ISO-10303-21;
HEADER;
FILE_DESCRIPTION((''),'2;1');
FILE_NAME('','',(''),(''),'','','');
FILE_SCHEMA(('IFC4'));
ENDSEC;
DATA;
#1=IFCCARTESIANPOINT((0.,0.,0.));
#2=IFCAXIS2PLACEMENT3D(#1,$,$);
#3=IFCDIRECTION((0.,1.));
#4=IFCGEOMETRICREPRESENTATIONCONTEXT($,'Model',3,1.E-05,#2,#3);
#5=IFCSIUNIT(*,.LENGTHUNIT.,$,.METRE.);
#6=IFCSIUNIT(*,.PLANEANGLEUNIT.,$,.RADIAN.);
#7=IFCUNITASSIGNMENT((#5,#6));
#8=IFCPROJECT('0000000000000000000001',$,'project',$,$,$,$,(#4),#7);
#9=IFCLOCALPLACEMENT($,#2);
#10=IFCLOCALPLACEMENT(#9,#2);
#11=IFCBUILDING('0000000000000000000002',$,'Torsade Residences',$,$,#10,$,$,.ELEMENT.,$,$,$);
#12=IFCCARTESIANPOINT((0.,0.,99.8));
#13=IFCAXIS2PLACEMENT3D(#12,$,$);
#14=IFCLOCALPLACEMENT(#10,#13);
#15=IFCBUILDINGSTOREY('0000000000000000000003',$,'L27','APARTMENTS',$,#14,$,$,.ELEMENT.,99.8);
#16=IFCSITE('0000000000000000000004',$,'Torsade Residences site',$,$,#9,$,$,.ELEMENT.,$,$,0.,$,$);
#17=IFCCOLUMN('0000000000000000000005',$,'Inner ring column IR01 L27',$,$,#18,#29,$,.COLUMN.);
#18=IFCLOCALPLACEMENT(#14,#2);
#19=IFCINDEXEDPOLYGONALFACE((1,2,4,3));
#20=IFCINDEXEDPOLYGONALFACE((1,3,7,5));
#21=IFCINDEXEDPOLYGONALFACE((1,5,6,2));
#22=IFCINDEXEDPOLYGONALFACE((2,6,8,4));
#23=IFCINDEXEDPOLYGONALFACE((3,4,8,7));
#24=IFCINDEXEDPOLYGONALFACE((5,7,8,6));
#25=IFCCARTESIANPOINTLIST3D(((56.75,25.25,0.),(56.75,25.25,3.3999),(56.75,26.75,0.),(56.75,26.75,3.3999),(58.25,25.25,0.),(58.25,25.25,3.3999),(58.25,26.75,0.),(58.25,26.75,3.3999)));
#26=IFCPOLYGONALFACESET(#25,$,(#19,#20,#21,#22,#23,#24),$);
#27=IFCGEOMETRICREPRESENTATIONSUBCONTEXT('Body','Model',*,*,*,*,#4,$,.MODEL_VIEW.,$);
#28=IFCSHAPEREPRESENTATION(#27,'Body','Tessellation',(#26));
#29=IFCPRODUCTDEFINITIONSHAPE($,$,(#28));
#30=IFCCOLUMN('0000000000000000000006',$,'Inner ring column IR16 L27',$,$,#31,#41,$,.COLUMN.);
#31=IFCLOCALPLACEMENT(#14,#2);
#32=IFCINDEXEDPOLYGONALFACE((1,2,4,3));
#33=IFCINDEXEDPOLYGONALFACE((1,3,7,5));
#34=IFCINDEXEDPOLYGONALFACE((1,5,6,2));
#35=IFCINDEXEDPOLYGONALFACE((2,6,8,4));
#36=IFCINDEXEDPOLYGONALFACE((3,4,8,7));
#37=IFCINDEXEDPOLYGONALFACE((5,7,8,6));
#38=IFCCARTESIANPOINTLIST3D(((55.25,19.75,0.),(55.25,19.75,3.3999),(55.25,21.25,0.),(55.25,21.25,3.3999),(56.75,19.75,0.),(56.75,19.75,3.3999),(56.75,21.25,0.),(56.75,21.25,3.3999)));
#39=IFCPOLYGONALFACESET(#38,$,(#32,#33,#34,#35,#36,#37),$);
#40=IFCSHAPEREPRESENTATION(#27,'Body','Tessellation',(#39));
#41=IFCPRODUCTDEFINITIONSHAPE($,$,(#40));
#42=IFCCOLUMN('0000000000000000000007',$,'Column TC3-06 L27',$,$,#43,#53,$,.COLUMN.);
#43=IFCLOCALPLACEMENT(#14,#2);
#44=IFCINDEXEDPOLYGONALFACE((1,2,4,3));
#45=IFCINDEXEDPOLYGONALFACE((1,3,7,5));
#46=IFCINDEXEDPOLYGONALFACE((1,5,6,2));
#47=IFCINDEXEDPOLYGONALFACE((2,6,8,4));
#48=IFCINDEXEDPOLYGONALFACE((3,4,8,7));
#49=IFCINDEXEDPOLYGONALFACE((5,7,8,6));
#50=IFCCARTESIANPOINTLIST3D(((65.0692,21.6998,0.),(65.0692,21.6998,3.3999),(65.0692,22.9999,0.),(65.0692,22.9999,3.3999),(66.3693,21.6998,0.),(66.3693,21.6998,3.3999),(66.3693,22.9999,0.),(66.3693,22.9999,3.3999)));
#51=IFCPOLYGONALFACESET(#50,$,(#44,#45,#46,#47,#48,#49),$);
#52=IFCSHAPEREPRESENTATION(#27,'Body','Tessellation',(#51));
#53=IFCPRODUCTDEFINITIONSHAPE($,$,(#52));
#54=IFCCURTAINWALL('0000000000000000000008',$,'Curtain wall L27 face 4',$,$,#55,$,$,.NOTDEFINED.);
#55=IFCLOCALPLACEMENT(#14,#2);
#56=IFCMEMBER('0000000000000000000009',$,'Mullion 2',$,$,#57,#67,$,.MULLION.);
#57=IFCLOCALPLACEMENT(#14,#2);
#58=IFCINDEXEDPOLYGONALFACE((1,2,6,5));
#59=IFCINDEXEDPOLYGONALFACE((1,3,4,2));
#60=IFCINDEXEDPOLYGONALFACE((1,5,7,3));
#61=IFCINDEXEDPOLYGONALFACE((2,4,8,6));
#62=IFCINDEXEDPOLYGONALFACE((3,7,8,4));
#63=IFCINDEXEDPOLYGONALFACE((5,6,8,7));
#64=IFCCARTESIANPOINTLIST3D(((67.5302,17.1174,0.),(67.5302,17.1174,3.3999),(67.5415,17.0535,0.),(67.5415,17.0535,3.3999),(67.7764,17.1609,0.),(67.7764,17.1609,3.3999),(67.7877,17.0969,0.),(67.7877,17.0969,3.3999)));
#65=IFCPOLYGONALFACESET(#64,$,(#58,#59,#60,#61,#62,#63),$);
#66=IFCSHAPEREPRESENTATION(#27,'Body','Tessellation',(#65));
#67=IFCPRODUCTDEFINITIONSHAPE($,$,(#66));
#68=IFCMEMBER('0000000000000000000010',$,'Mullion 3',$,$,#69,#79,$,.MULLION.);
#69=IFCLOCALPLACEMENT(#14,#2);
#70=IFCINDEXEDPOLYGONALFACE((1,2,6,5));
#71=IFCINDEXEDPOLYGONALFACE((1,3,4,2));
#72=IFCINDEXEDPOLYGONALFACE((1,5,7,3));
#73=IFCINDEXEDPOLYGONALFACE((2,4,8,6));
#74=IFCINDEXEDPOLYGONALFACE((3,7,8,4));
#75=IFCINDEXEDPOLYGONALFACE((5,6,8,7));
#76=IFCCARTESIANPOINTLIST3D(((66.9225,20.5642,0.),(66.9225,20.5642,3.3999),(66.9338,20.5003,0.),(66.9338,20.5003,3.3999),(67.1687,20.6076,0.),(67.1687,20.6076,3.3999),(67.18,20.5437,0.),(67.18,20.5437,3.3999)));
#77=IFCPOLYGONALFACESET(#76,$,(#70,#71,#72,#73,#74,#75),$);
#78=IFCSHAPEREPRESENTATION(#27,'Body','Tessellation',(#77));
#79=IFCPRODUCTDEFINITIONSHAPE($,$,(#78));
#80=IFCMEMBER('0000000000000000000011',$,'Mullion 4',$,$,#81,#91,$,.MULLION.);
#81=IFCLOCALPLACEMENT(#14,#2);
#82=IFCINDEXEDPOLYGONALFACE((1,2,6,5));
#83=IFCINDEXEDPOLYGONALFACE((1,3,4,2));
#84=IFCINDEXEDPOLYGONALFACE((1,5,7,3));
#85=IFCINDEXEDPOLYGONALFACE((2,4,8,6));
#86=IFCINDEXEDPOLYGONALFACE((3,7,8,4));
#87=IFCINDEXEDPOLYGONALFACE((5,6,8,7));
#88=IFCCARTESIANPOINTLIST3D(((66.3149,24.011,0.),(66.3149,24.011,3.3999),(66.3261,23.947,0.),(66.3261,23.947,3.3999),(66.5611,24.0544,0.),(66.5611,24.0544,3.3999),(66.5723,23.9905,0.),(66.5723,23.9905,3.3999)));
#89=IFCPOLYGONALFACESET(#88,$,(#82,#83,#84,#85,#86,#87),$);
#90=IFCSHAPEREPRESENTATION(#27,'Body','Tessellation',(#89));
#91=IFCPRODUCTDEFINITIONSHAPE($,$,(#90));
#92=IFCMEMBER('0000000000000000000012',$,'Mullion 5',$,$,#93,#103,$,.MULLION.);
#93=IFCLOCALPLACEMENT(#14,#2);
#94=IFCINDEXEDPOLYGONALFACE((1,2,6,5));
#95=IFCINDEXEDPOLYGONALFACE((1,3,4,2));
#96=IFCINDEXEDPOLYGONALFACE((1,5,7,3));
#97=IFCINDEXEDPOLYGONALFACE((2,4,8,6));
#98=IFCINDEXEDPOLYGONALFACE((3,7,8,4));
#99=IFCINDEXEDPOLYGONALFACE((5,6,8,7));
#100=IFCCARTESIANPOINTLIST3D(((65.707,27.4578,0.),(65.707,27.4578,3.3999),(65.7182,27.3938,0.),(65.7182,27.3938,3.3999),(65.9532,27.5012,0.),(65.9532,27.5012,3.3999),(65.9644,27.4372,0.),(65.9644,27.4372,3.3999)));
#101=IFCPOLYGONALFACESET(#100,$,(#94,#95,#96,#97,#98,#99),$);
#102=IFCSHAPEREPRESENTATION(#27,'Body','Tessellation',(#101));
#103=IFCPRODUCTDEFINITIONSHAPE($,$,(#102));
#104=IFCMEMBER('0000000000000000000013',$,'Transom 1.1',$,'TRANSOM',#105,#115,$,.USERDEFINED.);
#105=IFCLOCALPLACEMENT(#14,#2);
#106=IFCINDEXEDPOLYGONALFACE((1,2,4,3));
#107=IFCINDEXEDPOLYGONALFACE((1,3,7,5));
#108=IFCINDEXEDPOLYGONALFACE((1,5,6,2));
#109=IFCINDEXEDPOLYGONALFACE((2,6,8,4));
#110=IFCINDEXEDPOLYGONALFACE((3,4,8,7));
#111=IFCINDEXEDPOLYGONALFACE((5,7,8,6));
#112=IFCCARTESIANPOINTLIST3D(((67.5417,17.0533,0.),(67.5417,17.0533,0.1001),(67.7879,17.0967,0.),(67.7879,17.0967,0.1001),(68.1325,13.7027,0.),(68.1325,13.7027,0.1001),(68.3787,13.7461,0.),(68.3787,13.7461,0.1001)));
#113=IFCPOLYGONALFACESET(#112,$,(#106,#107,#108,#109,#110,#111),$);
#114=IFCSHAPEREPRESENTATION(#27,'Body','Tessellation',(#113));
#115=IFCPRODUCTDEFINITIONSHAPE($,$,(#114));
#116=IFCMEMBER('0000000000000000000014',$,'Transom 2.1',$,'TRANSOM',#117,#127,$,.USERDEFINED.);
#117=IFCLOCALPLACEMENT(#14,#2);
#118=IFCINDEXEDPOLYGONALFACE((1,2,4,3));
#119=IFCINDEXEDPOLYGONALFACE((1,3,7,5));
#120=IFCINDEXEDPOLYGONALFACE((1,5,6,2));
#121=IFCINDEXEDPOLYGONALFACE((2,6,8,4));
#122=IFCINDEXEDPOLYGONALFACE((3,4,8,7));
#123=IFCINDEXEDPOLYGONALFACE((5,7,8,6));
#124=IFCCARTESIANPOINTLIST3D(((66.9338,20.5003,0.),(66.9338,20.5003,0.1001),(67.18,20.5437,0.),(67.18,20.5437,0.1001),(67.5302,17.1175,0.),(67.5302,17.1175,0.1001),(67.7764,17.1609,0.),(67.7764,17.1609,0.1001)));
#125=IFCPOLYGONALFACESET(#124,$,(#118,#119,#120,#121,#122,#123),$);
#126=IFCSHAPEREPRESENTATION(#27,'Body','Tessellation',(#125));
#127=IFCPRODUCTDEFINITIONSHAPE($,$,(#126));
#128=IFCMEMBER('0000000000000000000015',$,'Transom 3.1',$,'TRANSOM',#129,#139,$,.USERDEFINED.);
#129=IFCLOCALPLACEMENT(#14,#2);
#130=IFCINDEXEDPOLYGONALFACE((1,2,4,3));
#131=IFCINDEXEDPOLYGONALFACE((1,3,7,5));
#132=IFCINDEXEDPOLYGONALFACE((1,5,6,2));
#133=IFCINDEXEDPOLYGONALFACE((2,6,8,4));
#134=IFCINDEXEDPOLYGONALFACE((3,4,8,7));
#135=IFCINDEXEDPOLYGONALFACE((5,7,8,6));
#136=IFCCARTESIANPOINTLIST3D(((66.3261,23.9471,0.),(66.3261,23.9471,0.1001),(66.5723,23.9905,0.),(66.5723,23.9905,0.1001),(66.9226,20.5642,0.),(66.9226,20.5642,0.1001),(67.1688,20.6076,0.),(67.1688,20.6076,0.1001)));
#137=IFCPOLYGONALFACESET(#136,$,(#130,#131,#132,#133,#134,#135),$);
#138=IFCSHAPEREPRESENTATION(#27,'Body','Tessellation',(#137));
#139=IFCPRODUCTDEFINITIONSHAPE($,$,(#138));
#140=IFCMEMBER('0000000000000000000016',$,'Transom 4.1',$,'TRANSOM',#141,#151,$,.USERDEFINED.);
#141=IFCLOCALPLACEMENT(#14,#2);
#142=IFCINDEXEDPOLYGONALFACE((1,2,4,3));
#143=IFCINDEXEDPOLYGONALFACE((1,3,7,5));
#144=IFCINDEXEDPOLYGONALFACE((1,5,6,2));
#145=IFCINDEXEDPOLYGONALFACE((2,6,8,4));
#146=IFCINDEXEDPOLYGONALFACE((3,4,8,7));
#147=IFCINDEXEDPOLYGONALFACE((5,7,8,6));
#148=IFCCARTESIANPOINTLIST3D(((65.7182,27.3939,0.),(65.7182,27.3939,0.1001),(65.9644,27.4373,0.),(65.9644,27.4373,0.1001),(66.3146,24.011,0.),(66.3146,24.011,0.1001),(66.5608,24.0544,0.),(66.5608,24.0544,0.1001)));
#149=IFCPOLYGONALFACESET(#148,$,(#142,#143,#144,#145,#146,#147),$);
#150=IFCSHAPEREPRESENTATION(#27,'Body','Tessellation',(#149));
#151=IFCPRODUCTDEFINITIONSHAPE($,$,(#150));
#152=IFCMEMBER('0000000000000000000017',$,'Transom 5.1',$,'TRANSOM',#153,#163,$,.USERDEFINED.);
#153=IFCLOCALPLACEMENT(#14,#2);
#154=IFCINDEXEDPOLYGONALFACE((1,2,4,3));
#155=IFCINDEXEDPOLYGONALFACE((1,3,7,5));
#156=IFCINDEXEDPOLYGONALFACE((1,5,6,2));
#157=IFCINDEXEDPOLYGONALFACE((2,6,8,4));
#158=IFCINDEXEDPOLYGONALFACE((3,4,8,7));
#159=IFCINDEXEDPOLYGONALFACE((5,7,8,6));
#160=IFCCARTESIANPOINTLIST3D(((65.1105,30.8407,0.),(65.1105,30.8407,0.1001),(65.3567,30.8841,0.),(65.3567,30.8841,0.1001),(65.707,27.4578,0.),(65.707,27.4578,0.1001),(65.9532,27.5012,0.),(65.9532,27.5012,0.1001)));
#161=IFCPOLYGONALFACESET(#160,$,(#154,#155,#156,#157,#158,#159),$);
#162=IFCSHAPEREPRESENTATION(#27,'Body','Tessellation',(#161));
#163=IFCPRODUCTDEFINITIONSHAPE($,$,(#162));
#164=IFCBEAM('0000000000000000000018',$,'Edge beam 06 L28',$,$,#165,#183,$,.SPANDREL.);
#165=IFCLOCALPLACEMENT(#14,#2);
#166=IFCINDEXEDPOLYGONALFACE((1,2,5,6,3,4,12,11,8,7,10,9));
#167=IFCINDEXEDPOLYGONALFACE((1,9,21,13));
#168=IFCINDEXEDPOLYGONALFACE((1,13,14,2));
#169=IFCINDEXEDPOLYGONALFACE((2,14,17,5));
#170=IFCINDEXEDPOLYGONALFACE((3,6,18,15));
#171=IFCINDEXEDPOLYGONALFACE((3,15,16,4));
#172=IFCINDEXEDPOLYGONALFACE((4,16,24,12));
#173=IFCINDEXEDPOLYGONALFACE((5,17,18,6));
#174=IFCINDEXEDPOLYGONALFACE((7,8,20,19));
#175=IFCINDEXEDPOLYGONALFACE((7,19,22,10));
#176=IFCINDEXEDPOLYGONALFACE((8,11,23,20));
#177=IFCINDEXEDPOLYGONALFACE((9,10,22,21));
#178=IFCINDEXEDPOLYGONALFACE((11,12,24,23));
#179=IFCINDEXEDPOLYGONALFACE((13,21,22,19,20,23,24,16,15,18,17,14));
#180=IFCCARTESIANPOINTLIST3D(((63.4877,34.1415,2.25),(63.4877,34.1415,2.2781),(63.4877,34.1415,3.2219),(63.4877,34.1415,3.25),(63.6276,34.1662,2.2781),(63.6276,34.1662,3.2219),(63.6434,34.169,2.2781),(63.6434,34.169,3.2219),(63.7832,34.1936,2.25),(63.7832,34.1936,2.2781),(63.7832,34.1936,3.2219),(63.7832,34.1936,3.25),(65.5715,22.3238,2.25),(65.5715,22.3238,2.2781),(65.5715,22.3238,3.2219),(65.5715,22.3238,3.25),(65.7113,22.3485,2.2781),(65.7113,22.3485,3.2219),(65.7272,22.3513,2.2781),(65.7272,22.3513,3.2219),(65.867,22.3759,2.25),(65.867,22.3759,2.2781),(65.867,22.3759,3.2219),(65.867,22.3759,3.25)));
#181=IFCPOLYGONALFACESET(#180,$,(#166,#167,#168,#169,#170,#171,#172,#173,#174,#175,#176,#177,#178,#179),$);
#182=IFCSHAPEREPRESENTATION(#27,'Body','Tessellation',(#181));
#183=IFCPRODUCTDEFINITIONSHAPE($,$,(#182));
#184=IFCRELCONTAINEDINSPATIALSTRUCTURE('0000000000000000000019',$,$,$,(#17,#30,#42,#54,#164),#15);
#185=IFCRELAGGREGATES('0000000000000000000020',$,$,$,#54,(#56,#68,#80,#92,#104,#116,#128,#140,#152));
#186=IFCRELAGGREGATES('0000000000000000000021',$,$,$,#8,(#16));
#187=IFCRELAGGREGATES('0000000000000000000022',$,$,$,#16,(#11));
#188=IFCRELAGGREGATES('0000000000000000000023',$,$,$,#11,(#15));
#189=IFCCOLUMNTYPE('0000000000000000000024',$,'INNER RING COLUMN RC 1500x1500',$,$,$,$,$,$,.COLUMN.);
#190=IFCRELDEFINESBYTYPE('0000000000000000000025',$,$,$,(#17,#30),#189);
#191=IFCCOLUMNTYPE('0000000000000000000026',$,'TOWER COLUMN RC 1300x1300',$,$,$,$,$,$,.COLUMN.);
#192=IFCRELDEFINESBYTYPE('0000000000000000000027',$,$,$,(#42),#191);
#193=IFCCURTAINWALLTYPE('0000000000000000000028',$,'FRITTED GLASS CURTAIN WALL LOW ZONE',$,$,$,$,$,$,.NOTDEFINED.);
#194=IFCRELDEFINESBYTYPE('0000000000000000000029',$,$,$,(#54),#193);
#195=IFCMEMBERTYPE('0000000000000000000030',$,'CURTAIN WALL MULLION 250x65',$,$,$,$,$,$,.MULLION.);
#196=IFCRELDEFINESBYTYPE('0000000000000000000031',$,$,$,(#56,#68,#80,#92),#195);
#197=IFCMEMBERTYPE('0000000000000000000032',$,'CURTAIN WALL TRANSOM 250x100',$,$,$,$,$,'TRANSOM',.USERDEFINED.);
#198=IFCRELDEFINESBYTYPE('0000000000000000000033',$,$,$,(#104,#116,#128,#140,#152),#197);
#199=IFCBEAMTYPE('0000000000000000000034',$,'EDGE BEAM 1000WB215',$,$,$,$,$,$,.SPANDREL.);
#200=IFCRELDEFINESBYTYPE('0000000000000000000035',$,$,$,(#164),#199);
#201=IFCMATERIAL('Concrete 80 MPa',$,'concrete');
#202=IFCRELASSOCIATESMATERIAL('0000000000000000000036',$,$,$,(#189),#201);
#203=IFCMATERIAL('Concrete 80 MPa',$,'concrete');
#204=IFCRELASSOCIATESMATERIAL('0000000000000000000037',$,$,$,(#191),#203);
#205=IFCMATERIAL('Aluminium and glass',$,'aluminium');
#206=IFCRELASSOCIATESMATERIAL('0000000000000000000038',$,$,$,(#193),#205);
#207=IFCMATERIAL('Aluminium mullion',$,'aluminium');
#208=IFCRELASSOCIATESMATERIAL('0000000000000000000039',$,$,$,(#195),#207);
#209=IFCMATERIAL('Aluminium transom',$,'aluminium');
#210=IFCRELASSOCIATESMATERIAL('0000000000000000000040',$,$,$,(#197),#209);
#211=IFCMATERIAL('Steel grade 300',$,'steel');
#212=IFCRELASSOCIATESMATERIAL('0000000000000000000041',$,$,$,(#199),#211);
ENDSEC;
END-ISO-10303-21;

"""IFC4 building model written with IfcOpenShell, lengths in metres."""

from ifc_helpers import new_model, si_unit, direction, frame, origin, origin_2d, place, context, subcontext, project, spatial, rectangle, i_section, extrude, material, material_profile, profile_set, type_object, element, aggregate, save


model = new_model("IFC4")

# Units and contexts
model_context = context("Model", 3, precision=1e-05, world=origin(), true_north=direction((0.0, 1.0)))
body_context = subcontext(model_context, "Body", "Model", "MODEL_VIEW")
ifc_project = project(units=[si_unit("LENGTHUNIT", "METRE"), si_unit("PLANEANGLEUNIT", "RADIAN")], contexts=[model_context])

# Site, building, storey
site_placement = place(None, origin())
site = spatial("IfcSite", under=ifc_project, at=site_placement, Name="Torsade Residences site", CompositionType="ELEMENT", RefElevation=0.0)
building_placement = place(site_placement, origin())
building = spatial("IfcBuilding", under=site, at=building_placement, Name="Torsade Residences", CompositionType="ELEMENT")
storey_placement = place(building_placement, frame((0.0, 0.0, 99.8)))
storey = spatial("IfcBuildingStorey", under=building, at=storey_placement, Name="L27", Description="APARTMENTS", CompositionType="ELEMENT", Elevation=99.8)

# Columns
ifc_material_1 = material(Name="Concrete 80 MPa", Category="concrete")
ifc_material_profile_1 = material_profile(ifc_material_1, rectangle(XDim=1.5, YDim=1.5, at=origin_2d()), Name="RC 1500x1500")
ifc_profile_set_1 = profile_set([ifc_material_profile_1], Name="Concrete 80 MPa")
column_type_1 = type_object("IfcColumnType", Name="INNER RING COLUMN RC 1500x1500", PredefinedType="COLUMN", material=ifc_profile_set_1)
for number, where, z_axis, x_axis, name in (
    (1, (57.5, 26.0, 0.0), (0.0, 0.0, 1.0), (1.0, 0.0, 0.0), "Inner ring column IR01 L27"),
    (2, (56.0, 20.5, 0.0), (0.0, 0.0, 1.0), (1.0, 0.0, 0.0), "Inner ring column IR16 L27"),
):
    element("IfcColumn", number, at=place(storey_placement, frame(where, z_axis=z_axis, x_axis=x_axis)), inside=storey, type_object=column_type_1, Name=name, PredefinedType="COLUMN", context=body_context, shape_type="SweptSolid", body=[
        extrude(rectangle(XDim=1.5, YDim=1.5, at=origin_2d()), origin(), (0.0, 0.0, 1.0), 3.3999),
    ])
ifc_material_2 = material(Name="Concrete 80 MPa", Category="concrete")
ifc_material_profile_2 = material_profile(ifc_material_2, rectangle(XDim=1.3, YDim=1.3, at=origin_2d()), Name="RC 1300x1300")
ifc_profile_set_2 = profile_set([ifc_material_profile_2], Name="Concrete 80 MPa")
column_type_2 = type_object("IfcColumnType", Name="TOWER COLUMN RC 1300x1300", PredefinedType="COLUMN", material=ifc_profile_set_2)
column_placement = place(storey_placement, frame((65.7192, 22.3499, 0.0), z_axis=(0.0, 0.0, 1.0), x_axis=(1.0, 0.0, 0.0)))
element("IfcColumn", 3, at=column_placement, inside=storey, type_object=column_type_2, Name="Column TC3-06 L27", PredefinedType="COLUMN", context=body_context, shape_type="SweptSolid", body=[
    extrude(rectangle(XDim=1.3, YDim=1.3, at=origin_2d()), origin(), (0.0, 0.0, 1.0), 3.3999),
])

# Curtain wall, members
ifc_material_3 = material(Name="Aluminium and glass", Category="aluminium")
curtain_wall_type = type_object("IfcCurtainWallType", Name="FRITTED GLASS CURTAIN WALL LOW ZONE", PredefinedType="NOTDEFINED", material=ifc_material_3)
curtain_wall_placement = place(storey_placement, origin())
curtain_wall = element("IfcCurtainWall", 4, at=curtain_wall_placement, inside=storey, type_object=curtain_wall_type, Name="Curtain wall L27 face 4", PredefinedType="NOTDEFINED")
ifc_material_4 = material(Name="Aluminium mullion", Category="aluminium")
ifc_material_profile_3 = material_profile(ifc_material_4, rectangle(XDim=0.25, YDim=0.0649, at=origin_2d()), Name="CURTAIN WALL MULLION 250x65")
ifc_profile_set_3 = profile_set([ifc_material_profile_3], Name="Aluminium mullion")
member_type_1 = type_object("IfcMemberType", Name="CURTAIN WALL MULLION 250x65", PredefinedType="MULLION", material=ifc_profile_set_3)
member_1_placement = place(storey_placement, frame((67.6589, 17.1072, 0.0), z_axis=(0.0, 0.0, 1.0), x_axis=(-0.984808, -0.173648, 0.0)))
member_1 = element("IfcMember", 5, at=member_1_placement, type_object=member_type_1, Name="Mullion 2", PredefinedType="MULLION", context=body_context, shape_type="SweptSolid", body=[
    extrude(rectangle(XDim=0.25, YDim=0.0649, at=origin_2d()), origin(), (0.0, 0.0, 1.0), 3.3999),
])
member_2_placement = place(storey_placement, frame((67.0513, 20.554, 0.0), z_axis=(0.0, 0.0, 1.0), x_axis=(-0.984808, -0.173648, 0.0)))
member_2 = element("IfcMember", 6, at=member_2_placement, type_object=member_type_1, Name="Mullion 3", PredefinedType="MULLION", context=body_context, shape_type="SweptSolid", body=[
    extrude(rectangle(XDim=0.25, YDim=0.0649, at=origin_2d()), origin(), (0.0, 0.0, 1.0), 3.3999),
])
member_3_placement = place(storey_placement, frame((66.4436, 24.0007, 0.0), z_axis=(0.0, 0.0, 1.0), x_axis=(-0.984808, -0.173648, 0.0)))
member_3 = element("IfcMember", 7, at=member_3_placement, type_object=member_type_1, Name="Mullion 4", PredefinedType="MULLION", context=body_context, shape_type="SweptSolid", body=[
    extrude(rectangle(XDim=0.25, YDim=0.0649, at=origin_2d()), origin(), (0.0, 0.0, 1.0), 3.3999),
])
member_4_placement = place(storey_placement, frame((65.8357, 27.4475, 0.0), z_axis=(0.0, 0.0, 1.0), x_axis=(-0.984808, -0.173648, 0.0)))
member_4 = element("IfcMember", 8, at=member_4_placement, type_object=member_type_1, Name="Mullion 5", PredefinedType="MULLION", context=body_context, shape_type="SweptSolid", body=[
    extrude(rectangle(XDim=0.25, YDim=0.0649, at=origin_2d()), origin(), (0.0, 0.0, 1.0), 3.3999),
])
ifc_material_5 = material(Name="Aluminium transom", Category="aluminium")
ifc_material_profile_4 = material_profile(ifc_material_5, rectangle(XDim=0.25, YDim=0.1001, at=origin_2d()), Name="CURTAIN WALL TRANSOM 250x100")
ifc_profile_set_4 = profile_set([ifc_material_profile_4], Name="Aluminium transom")
member_type_2 = type_object("IfcMemberType", Name="CURTAIN WALL TRANSOM 250x100", ElementType="TRANSOM", PredefinedType="USERDEFINED", material=ifc_profile_set_4)
member_5_placement = place(storey_placement, frame((68.2556, 13.7244, 0.05), z_axis=(-0.173654, 0.984807, 0.0), x_axis=(-0.984807, -0.173654, 0.0)))
member_5 = element("IfcMember", 9, at=member_5_placement, type_object=member_type_2, Name="Transom 1.1", ObjectType="TRANSOM", PredefinedType="USERDEFINED", context=body_context, shape_type="SweptSolid", body=[
    extrude(rectangle(XDim=0.25, YDim=0.1001, at=origin_2d()), origin(), (0.0, 0.0, 1.0), 3.4023),
])
member_6_placement = place(storey_placement, frame((67.6533, 17.1392, 0.05), z_axis=(-0.173635, 0.98481, 0.0), x_axis=(-0.98481, -0.173635, 0.0)))
member_6 = element("IfcMember", 10, at=member_6_placement, type_object=member_type_2, Name="Transom 2.1", ObjectType="TRANSOM", PredefinedType="USERDEFINED", context=body_context, shape_type="SweptSolid", body=[
    extrude(rectangle(XDim=0.25, YDim=0.1001, at=origin_2d()), origin(), (0.0, 0.0, 1.0), 3.4351),
])
member_7_placement = place(storey_placement, frame((67.0457, 20.5859, 0.05), z_axis=(-0.173635, 0.98481, 0.0), x_axis=(-0.98481, -0.173635, 0.0)))
member_7 = element("IfcMember", 11, at=member_7_placement, type_object=member_type_2, Name="Transom 3.1", ObjectType="TRANSOM", PredefinedType="USERDEFINED", context=body_context, shape_type="SweptSolid", body=[
    extrude(rectangle(XDim=0.25, YDim=0.1001, at=origin_2d()), origin(), (0.0, 0.0, 1.0), 3.4351),
])
member_8_placement = place(storey_placement, frame((66.4377, 24.0327, 0.05), z_axis=(-0.173635, 0.98481, 0.0), x_axis=(-0.98481, -0.173635, 0.0)))
member_8 = element("IfcMember", 12, at=member_8_placement, type_object=member_type_2, Name="Transom 4.1", ObjectType="TRANSOM", PredefinedType="USERDEFINED", context=body_context, shape_type="SweptSolid", body=[
    extrude(rectangle(XDim=0.25, YDim=0.1001, at=origin_2d()), origin(), (0.0, 0.0, 1.0), 3.4351),
])
member_9_placement = place(storey_placement, frame((65.8301, 27.4795, 0.05), z_axis=(-0.173635, 0.98481, 0.0), x_axis=(-0.98481, -0.173635, 0.0)))
member_9 = element("IfcMember", 13, at=member_9_placement, type_object=member_type_2, Name="Transom 5.1", ObjectType="TRANSOM", PredefinedType="USERDEFINED", context=body_context, shape_type="SweptSolid", body=[
    extrude(rectangle(XDim=0.25, YDim=0.1001, at=origin_2d()), origin(), (0.0, 0.0, 1.0), 3.4351),
])

# Beam
ifc_material_6 = material(Name="Steel grade 300", Category="steel")
ifc_material_profile_5 = material_profile(ifc_material_6, i_section(OverallWidth=0.3, OverallDepth=1.0, WebThickness=0.0161, FlangeThickness=0.0281, at=origin_2d()), Name="1000WB215")
ifc_profile_set_5 = profile_set([ifc_material_profile_5], Name="Steel grade 300")
beam_type_1 = type_object("IfcBeamType", Name="EDGE BEAM 1000WB215", PredefinedType="SPANDREL", material=ifc_profile_set_5)
beam_1_placement = place(storey_placement, frame((65.7192, 22.3499, 2.75), z_axis=(-0.173646, 0.984808, 0.0), x_axis=(-0.984808, -0.173646, 0.0)))
element("IfcBeam", 14, at=beam_1_placement, inside=storey, type_object=beam_type_1, Name="Edge beam 06 L28", PredefinedType="SPANDREL", context=body_context, shape_type="SweptSolid", body=[
    extrude(i_section(OverallWidth=0.3, OverallDepth=1.0, WebThickness=0.0161, FlangeThickness=0.0281, at=origin_2d()), origin(), (0.0, 0.0, 1.0), 12.0),
])

aggregate(curtain_wall, [member_1, member_2, member_3, member_4, member_5, member_6, member_7, member_8, member_9])

save(model, "model.ifc")
